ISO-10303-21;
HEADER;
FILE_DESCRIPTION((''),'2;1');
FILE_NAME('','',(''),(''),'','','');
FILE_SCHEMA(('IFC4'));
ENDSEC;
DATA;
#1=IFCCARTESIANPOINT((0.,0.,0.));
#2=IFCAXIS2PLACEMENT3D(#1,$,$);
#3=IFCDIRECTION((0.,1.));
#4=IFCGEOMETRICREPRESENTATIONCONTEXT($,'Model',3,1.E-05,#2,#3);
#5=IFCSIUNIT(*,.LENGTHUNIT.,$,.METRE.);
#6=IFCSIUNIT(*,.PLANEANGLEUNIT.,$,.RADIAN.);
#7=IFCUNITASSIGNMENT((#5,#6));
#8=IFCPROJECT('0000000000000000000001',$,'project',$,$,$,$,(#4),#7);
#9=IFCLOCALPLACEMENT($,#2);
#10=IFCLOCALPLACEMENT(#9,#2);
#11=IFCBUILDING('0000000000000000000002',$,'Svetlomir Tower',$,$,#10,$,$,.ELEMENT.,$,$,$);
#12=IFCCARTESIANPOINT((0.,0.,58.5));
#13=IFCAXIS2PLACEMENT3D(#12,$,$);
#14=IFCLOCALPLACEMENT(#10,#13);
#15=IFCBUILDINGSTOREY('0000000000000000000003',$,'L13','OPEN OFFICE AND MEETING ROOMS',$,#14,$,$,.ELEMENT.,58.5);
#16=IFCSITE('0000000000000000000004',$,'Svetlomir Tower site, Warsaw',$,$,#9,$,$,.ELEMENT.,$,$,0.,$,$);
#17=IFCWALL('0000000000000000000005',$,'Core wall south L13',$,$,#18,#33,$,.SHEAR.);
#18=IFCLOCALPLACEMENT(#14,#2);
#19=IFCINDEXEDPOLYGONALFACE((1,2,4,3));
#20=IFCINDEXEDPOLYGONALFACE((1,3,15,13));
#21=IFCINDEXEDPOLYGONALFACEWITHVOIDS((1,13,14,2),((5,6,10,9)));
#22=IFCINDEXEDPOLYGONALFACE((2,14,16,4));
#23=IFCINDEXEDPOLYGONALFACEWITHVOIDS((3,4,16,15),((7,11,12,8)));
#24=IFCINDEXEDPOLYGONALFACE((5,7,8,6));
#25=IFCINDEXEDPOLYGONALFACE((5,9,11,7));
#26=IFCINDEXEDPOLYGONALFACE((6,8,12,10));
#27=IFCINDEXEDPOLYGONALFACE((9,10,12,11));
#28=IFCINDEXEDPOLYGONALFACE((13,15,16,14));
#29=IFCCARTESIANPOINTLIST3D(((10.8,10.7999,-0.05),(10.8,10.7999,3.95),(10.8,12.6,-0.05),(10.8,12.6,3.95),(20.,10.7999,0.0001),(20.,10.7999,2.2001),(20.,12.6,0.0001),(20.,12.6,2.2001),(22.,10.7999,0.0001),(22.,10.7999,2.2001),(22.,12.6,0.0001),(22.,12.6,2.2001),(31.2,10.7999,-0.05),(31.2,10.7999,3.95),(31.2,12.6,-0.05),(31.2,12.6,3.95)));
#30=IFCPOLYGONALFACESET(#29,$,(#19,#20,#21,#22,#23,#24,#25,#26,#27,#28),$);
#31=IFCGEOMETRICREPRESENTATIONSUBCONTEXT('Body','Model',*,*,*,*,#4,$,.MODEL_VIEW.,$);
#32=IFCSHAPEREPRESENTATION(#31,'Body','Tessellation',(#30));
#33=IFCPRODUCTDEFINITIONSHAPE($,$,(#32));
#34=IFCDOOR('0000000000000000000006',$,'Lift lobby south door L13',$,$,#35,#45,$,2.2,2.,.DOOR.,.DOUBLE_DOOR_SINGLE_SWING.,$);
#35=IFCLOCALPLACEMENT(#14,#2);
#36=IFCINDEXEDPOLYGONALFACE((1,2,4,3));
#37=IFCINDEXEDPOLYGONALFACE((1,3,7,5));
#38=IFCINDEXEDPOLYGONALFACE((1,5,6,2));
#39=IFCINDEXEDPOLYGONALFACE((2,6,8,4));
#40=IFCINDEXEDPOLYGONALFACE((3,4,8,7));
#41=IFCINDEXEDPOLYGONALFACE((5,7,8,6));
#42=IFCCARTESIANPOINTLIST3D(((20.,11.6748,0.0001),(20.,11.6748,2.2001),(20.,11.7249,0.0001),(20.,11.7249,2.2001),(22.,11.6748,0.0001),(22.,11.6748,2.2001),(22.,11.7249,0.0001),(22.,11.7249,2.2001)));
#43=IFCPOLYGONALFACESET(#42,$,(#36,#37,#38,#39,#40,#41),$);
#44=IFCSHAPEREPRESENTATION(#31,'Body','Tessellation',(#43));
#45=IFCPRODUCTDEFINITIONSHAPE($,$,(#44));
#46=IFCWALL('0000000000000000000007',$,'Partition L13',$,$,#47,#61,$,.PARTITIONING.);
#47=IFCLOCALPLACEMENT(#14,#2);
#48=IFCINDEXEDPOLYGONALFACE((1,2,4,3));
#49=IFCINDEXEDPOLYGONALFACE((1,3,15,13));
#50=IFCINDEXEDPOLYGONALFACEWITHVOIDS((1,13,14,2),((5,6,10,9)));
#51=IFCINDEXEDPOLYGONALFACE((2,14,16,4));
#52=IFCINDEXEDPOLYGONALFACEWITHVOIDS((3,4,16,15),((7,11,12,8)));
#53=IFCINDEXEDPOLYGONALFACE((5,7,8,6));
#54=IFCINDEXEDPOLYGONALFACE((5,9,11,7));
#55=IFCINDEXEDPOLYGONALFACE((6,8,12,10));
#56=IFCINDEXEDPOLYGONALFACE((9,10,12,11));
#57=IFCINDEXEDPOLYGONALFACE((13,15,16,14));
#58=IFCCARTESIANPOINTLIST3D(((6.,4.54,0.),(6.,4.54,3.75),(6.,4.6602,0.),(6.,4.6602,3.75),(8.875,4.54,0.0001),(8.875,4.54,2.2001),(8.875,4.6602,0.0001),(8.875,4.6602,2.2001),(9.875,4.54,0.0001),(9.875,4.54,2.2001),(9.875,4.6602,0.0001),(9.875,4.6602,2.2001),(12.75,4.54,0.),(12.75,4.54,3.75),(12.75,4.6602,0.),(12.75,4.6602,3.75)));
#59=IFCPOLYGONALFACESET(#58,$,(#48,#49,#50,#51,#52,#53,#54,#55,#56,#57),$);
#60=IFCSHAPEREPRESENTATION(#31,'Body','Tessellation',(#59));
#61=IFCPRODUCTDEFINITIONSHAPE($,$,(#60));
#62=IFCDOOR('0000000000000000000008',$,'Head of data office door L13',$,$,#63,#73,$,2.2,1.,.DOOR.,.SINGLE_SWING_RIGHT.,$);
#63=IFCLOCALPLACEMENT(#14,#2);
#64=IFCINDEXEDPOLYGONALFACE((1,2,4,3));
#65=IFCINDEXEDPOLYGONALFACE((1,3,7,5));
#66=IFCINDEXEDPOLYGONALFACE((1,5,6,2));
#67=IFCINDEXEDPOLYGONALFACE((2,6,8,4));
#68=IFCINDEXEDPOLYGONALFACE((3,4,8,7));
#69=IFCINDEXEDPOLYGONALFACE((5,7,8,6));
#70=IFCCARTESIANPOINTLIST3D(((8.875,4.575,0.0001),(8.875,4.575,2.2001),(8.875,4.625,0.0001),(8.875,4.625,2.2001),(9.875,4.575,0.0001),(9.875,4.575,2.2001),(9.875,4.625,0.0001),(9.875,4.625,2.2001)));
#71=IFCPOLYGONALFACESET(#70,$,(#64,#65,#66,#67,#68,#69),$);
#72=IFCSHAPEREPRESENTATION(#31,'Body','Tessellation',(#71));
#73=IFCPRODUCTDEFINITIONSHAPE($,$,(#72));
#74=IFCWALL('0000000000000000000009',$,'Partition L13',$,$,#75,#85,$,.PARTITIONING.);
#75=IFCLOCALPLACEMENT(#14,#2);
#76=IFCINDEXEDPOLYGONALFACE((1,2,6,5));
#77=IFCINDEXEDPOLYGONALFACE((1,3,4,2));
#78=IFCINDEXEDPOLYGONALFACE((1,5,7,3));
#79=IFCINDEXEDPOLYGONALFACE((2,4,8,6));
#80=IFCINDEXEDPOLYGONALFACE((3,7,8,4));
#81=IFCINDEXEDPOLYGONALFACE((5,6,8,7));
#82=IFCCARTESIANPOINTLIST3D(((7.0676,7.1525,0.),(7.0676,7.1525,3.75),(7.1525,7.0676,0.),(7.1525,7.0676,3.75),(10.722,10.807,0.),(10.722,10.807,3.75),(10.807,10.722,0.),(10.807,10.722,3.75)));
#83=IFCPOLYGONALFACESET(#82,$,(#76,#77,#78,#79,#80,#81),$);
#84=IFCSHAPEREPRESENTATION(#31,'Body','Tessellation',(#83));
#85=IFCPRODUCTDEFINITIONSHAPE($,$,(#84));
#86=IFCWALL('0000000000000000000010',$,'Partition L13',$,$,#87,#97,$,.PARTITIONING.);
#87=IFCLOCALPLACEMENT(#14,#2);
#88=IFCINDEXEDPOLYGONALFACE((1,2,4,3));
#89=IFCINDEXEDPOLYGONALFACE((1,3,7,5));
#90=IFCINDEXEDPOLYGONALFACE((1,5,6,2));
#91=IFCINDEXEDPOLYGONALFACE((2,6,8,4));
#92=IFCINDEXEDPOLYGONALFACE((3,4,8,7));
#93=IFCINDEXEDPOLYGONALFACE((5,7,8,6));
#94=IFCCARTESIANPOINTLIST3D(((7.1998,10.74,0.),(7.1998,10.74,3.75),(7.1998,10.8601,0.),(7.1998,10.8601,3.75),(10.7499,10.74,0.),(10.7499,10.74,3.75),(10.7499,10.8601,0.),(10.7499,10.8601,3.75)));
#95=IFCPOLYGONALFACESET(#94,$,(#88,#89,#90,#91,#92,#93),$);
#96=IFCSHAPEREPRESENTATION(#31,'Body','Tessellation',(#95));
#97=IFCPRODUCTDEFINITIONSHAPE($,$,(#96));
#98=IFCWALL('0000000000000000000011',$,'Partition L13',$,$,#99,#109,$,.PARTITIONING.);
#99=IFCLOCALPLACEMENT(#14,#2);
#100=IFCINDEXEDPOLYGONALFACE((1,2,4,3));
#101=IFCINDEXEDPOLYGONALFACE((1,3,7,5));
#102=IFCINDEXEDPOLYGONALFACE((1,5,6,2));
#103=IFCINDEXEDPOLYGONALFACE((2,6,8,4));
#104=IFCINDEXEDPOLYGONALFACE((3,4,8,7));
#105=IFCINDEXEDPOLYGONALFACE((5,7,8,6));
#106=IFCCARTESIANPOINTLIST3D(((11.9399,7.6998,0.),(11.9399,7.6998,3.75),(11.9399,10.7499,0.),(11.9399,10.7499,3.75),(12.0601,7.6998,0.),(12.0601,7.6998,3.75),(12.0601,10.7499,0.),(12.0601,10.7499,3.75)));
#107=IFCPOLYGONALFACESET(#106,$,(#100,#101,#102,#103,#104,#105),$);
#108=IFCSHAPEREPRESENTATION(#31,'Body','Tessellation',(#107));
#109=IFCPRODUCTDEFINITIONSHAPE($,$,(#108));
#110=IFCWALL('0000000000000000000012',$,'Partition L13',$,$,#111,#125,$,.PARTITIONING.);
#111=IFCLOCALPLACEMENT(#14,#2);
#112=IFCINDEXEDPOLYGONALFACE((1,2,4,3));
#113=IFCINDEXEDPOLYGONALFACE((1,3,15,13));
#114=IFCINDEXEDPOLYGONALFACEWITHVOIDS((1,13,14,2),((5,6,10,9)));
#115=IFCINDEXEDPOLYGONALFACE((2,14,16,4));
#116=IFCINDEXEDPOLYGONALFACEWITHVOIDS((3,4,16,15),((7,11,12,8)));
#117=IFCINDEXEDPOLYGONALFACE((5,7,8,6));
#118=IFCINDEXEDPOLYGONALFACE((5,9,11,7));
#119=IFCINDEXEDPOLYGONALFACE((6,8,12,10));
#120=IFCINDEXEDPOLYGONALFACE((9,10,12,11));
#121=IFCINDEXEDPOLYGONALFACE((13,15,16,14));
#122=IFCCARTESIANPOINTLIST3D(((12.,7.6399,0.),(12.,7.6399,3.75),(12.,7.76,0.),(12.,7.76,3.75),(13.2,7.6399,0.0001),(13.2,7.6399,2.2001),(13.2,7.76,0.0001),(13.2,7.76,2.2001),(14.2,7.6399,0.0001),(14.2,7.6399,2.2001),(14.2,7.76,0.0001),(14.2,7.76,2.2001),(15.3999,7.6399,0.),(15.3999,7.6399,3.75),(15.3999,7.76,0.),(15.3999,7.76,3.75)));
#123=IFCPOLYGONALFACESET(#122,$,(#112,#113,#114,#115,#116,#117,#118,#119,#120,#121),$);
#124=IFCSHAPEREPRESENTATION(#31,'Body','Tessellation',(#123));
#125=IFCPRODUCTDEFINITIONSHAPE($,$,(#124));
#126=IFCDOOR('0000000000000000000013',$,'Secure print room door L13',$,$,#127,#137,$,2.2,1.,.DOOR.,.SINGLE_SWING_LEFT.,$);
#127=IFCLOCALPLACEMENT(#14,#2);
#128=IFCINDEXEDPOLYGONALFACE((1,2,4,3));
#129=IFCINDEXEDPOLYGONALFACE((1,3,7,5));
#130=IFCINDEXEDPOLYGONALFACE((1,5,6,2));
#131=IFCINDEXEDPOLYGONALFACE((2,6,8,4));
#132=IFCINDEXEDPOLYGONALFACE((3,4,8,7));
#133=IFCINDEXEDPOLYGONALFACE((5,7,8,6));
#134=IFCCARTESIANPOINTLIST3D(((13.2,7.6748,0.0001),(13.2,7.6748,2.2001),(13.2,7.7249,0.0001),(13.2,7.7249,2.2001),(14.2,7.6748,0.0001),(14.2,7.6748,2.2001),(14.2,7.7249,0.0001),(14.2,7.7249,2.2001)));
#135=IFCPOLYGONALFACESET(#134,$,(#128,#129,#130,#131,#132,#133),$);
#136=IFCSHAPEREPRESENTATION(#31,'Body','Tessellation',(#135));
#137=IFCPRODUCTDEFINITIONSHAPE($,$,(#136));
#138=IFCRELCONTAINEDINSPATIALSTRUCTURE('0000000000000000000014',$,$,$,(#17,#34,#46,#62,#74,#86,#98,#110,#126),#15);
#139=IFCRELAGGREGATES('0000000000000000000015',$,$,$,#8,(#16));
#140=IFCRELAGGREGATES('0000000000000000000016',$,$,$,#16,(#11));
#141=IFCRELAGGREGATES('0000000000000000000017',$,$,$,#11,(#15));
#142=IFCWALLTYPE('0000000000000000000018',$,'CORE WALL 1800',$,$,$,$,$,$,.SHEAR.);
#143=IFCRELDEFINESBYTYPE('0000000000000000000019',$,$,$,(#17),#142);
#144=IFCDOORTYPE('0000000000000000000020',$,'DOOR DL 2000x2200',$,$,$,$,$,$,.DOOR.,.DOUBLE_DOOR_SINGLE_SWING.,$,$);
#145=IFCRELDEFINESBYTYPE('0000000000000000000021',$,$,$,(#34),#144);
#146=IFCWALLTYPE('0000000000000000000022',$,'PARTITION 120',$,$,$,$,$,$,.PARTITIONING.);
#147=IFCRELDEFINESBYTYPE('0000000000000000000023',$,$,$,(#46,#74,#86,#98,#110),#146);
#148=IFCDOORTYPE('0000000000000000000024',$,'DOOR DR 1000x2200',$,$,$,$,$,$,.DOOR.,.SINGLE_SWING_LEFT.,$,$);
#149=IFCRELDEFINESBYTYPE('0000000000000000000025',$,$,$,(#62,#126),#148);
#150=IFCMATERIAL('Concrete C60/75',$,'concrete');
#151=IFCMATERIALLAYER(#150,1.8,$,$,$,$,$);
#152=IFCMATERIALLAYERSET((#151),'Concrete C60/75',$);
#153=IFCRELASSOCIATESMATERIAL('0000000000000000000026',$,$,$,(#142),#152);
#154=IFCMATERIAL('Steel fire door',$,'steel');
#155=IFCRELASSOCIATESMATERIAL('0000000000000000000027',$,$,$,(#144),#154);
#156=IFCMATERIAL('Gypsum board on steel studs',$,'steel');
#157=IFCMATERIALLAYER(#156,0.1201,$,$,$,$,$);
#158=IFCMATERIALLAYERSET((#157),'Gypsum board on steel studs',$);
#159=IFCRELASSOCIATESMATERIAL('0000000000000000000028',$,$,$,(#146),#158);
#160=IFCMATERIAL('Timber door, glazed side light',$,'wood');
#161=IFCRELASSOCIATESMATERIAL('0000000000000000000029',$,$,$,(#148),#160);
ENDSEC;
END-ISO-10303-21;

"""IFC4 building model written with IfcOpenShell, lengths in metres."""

from ifc_helpers import new_model, si_unit, direction, frame, frame_2d, origin, place, context, subcontext, project, spatial, rectangle, extrude, material, layer, layer_set, type_object, element, fill, save


model = new_model("IFC4")

# Units and contexts
model_context = context("Model", 3, precision=1e-05, world=origin(), true_north=direction((0.0, 1.0)))
body_context = subcontext(model_context, "Body", "Model", "MODEL_VIEW")
ifc_project = project(units=[si_unit("LENGTHUNIT", "METRE"), si_unit("PLANEANGLEUNIT", "RADIAN")], contexts=[model_context])

# Site, building, storey
site_placement = place(None, origin())
site = spatial("IfcSite", under=ifc_project, at=site_placement, Name="Svetlomir Tower site, Warsaw", CompositionType="ELEMENT", RefElevation=0.0)
building_placement = place(site_placement, origin())
building = spatial("IfcBuilding", under=site, at=building_placement, Name="Svetlomir Tower", CompositionType="ELEMENT")
storey_placement = place(building_placement, frame((0.0, 0.0, 58.5)))
storey = spatial("IfcBuildingStorey", under=building, at=storey_placement, Name="L13", Description="OPEN OFFICE AND MEETING ROOMS", CompositionType="ELEMENT", Elevation=58.5)

# Walls, openings, doors
ifc_material_1 = material(Name="Concrete C60/75", Category="concrete")
ifc_layer_1 = layer(ifc_material_1, 1.8)
ifc_layer_set_1 = layer_set([ifc_layer_1], Name="Concrete C60/75")
wall_type_1 = type_object("IfcWallType", Name="CORE WALL 1800", PredefinedType="SHEAR", material=ifc_layer_set_1)
wall_1_placement = place(storey_placement, frame((10.8, 11.7, -0.05), z_axis=(0.0, 0.0, 1.0), x_axis=(1.0, 0.0, 0.0)))
wall_1 = element("IfcWall", 1, at=wall_1_placement, inside=storey, type_object=wall_type_1, Name="Core wall south L13", PredefinedType="SHEAR", context=body_context, shape_type="SweptSolid", body=[
    extrude(rectangle(XDim=20.3999, YDim=1.8, at=frame_2d((10.2, 0.0))), origin(), (0.0, 0.0, 1.0), 4.0),
])
opening_1_placement = place(wall_1_placement, frame((9.2, 0.0, 0.05)))
opening_1 = element("IfcOpeningElement", 2, at=opening_1_placement, cuts=wall_1, PredefinedType="OPENING", context=body_context, shape_type="SweptSolid", body=[
    extrude(rectangle(XDim=2.0, YDim=2.2, at=frame_2d((1.0, 1.1001))), frame((0.0, 0.9102, 0.0), z_axis=(0.0, -1.0, 0.0), x_axis=(1.0, 0.0, 0.0)), (0.0, 0.0, 1.0), 1.8201),
])
ifc_material_2 = material(Name="Steel fire door", Category="steel")
door_type_1 = type_object("IfcDoorType", Name="DOOR DL 2000x2200", OperationType="DOUBLE_DOOR_SINGLE_SWING", PredefinedType="DOOR", material=ifc_material_2)
door_1_placement = place(opening_1_placement, origin())
door_1 = element("IfcDoor", 3, at=door_1_placement, inside=storey, type_object=door_type_1, Name="Lift lobby south door L13", OperationType="DOUBLE_DOOR_SINGLE_SWING", OverallHeight=2.2, OverallWidth=2.0, PredefinedType="DOOR", context=body_context, shape_type="SweptSolid", body=[
    extrude(rectangle(XDim=2.0, YDim=2.2, at=frame_2d((1.0, 1.1001))), frame((0.0, 0.0249, 0.0), z_axis=(0.0, -1.0, 0.0), x_axis=(1.0, 0.0, 0.0)), (0.0, 0.0, 1.0), 0.05),
])
fill(opening_1, door_1)
ifc_material_3 = material(Name="Gypsum board on steel studs", Category="steel")
ifc_layer_2 = layer(ifc_material_3, 0.1201)
ifc_layer_set_2 = layer_set([ifc_layer_2], Name="Gypsum board on steel studs")
wall_type_2 = type_object("IfcWallType", Name="PARTITION 120", PredefinedType="PARTITIONING", material=ifc_layer_set_2)
wall_2_placement = place(storey_placement, frame((6.0, 4.6001, 0.0), z_axis=(0.0, 0.0, 1.0), x_axis=(1.0, 0.0, 0.0)))
wall_2 = element("IfcWall", 4, at=wall_2_placement, inside=storey, type_object=wall_type_2, Name="Partition L13", PredefinedType="PARTITIONING", context=body_context, shape_type="SweptSolid", body=[
    extrude(rectangle(XDim=6.75, YDim=0.1201, at=frame_2d((3.375, 0.0))), origin(), (0.0, 0.0, 1.0), 3.75),
])
opening_2_placement = place(wall_2_placement, frame((2.875, 0.0, 0.0)))
opening_2 = element("IfcOpeningElement", 5, at=opening_2_placement, cuts=wall_2, PredefinedType="OPENING", context=body_context, shape_type="SweptSolid", body=[
    extrude(rectangle(XDim=1.0, YDim=2.2, at=frame_2d((0.5, 1.1001))), frame((0.0, 0.0701, 0.0), z_axis=(0.0, -1.0, 0.0), x_axis=(1.0, 0.0, 0.0)), (0.0, 0.0, 1.0), 0.1401),
])
ifc_material_4 = material(Name="Timber door, glazed side light", Category="wood")
door_type_2 = type_object("IfcDoorType", Name="DOOR DR 1000x2200", OperationType="SINGLE_SWING_LEFT", PredefinedType="DOOR", material=ifc_material_4)
door_2_placement = place(opening_2_placement, origin())
door_2 = element("IfcDoor", 6, at=door_2_placement, inside=storey, type_object=door_type_2, Name="Head of data office door L13", OperationType="SINGLE_SWING_RIGHT", OverallHeight=2.2, OverallWidth=1.0, PredefinedType="DOOR", context=body_context, shape_type="SweptSolid", body=[
    extrude(rectangle(XDim=1.0, YDim=2.2, at=frame_2d((0.5, 1.1001))), frame((0.0, 0.0249, 0.0), z_axis=(0.0, -1.0, 0.0), x_axis=(1.0, 0.0, 0.0)), (0.0, 0.0, 1.0), 0.05),
])
fill(opening_2, door_2)

# Wall
wall_3_placement = place(storey_placement, frame((7.1101, 7.1101, 0.0), z_axis=(0.0, 0.0, 1.0), x_axis=(0.707107, 0.707107, 0.0)))
element("IfcWall", 7, at=wall_3_placement, inside=storey, type_object=wall_type_2, Name="Partition L13", PredefinedType="PARTITIONING", context=body_context, shape_type="SweptSolid", body=[
    extrude(rectangle(XDim=5.1682, YDim=0.1201, at=frame_2d((2.584, 0.0))), origin(), (0.0, 0.0, 1.0), 3.75),
])

# Walls
wall_4_placement = place(storey_placement, frame((7.2, 10.8, 0.0), z_axis=(0.0, 0.0, 1.0), x_axis=(1.0, 0.0, 0.0)))
element("IfcWall", 8, at=wall_4_placement, inside=storey, type_object=wall_type_2, Name="Partition L13", PredefinedType="PARTITIONING", context=body_context, shape_type="SweptSolid", body=[
    extrude(rectangle(XDim=3.55, YDim=0.1201, at=frame_2d((1.7749, 0.0))), origin(), (0.0, 0.0, 1.0), 3.75),
])
wall_5_placement = place(storey_placement, frame((12.0, 7.7, 0.0), z_axis=(0.0, 0.0, 1.0), x_axis=(0.0, 1.0, 0.0)))
element("IfcWall", 9, at=wall_5_placement, inside=storey, type_object=wall_type_2, Name="Partition L13", PredefinedType="PARTITIONING", context=body_context, shape_type="SweptSolid", body=[
    extrude(rectangle(XDim=3.05, YDim=0.1201, at=frame_2d((1.5249, 0.0))), origin(), (0.0, 0.0, 1.0), 3.75),
])

# Wall, opening, door
wall_6_placement = place(storey_placement, frame((12.0, 7.7, 0.0), z_axis=(0.0, 0.0, 1.0), x_axis=(1.0, 0.0, 0.0)))
wall_6 = element("IfcWall", 10, at=wall_6_placement, inside=storey, type_object=wall_type_2, Name="Partition L13", PredefinedType="PARTITIONING", context=body_context, shape_type="SweptSolid", body=[
    extrude(rectangle(XDim=3.3999, YDim=0.1201, at=frame_2d((1.7, 0.0))), origin(), (0.0, 0.0, 1.0), 3.75),
])
opening_3_placement = place(wall_6_placement, frame((1.2, 0.0, 0.0)))
opening_3 = element("IfcOpeningElement", 11, at=opening_3_placement, cuts=wall_6, PredefinedType="OPENING", context=body_context, shape_type="SweptSolid", body=[
    extrude(rectangle(XDim=1.0, YDim=2.2, at=frame_2d((0.5, 1.1001))), frame((0.0, 0.0701, 0.0), z_axis=(0.0, -1.0, 0.0), x_axis=(1.0, 0.0, 0.0)), (0.0, 0.0, 1.0), 0.1401),
])
door_3_placement = place(opening_3_placement, origin())
door_3 = element("IfcDoor", 12, at=door_3_placement, inside=storey, type_object=door_type_2, Name="Secure print room door L13", OperationType="SINGLE_SWING_LEFT", OverallHeight=2.2, OverallWidth=1.0, PredefinedType="DOOR", context=body_context, shape_type="SweptSolid", body=[
    extrude(rectangle(XDim=1.0, YDim=2.2, at=frame_2d((0.5, 1.1001))), frame((0.0, 0.0249, 0.0), z_axis=(0.0, -1.0, 0.0), x_axis=(1.0, 0.0, 0.0)), (0.0, 0.0, 1.0), 0.05),
])
fill(opening_3, door_3)

save(model, "model.ifc")
